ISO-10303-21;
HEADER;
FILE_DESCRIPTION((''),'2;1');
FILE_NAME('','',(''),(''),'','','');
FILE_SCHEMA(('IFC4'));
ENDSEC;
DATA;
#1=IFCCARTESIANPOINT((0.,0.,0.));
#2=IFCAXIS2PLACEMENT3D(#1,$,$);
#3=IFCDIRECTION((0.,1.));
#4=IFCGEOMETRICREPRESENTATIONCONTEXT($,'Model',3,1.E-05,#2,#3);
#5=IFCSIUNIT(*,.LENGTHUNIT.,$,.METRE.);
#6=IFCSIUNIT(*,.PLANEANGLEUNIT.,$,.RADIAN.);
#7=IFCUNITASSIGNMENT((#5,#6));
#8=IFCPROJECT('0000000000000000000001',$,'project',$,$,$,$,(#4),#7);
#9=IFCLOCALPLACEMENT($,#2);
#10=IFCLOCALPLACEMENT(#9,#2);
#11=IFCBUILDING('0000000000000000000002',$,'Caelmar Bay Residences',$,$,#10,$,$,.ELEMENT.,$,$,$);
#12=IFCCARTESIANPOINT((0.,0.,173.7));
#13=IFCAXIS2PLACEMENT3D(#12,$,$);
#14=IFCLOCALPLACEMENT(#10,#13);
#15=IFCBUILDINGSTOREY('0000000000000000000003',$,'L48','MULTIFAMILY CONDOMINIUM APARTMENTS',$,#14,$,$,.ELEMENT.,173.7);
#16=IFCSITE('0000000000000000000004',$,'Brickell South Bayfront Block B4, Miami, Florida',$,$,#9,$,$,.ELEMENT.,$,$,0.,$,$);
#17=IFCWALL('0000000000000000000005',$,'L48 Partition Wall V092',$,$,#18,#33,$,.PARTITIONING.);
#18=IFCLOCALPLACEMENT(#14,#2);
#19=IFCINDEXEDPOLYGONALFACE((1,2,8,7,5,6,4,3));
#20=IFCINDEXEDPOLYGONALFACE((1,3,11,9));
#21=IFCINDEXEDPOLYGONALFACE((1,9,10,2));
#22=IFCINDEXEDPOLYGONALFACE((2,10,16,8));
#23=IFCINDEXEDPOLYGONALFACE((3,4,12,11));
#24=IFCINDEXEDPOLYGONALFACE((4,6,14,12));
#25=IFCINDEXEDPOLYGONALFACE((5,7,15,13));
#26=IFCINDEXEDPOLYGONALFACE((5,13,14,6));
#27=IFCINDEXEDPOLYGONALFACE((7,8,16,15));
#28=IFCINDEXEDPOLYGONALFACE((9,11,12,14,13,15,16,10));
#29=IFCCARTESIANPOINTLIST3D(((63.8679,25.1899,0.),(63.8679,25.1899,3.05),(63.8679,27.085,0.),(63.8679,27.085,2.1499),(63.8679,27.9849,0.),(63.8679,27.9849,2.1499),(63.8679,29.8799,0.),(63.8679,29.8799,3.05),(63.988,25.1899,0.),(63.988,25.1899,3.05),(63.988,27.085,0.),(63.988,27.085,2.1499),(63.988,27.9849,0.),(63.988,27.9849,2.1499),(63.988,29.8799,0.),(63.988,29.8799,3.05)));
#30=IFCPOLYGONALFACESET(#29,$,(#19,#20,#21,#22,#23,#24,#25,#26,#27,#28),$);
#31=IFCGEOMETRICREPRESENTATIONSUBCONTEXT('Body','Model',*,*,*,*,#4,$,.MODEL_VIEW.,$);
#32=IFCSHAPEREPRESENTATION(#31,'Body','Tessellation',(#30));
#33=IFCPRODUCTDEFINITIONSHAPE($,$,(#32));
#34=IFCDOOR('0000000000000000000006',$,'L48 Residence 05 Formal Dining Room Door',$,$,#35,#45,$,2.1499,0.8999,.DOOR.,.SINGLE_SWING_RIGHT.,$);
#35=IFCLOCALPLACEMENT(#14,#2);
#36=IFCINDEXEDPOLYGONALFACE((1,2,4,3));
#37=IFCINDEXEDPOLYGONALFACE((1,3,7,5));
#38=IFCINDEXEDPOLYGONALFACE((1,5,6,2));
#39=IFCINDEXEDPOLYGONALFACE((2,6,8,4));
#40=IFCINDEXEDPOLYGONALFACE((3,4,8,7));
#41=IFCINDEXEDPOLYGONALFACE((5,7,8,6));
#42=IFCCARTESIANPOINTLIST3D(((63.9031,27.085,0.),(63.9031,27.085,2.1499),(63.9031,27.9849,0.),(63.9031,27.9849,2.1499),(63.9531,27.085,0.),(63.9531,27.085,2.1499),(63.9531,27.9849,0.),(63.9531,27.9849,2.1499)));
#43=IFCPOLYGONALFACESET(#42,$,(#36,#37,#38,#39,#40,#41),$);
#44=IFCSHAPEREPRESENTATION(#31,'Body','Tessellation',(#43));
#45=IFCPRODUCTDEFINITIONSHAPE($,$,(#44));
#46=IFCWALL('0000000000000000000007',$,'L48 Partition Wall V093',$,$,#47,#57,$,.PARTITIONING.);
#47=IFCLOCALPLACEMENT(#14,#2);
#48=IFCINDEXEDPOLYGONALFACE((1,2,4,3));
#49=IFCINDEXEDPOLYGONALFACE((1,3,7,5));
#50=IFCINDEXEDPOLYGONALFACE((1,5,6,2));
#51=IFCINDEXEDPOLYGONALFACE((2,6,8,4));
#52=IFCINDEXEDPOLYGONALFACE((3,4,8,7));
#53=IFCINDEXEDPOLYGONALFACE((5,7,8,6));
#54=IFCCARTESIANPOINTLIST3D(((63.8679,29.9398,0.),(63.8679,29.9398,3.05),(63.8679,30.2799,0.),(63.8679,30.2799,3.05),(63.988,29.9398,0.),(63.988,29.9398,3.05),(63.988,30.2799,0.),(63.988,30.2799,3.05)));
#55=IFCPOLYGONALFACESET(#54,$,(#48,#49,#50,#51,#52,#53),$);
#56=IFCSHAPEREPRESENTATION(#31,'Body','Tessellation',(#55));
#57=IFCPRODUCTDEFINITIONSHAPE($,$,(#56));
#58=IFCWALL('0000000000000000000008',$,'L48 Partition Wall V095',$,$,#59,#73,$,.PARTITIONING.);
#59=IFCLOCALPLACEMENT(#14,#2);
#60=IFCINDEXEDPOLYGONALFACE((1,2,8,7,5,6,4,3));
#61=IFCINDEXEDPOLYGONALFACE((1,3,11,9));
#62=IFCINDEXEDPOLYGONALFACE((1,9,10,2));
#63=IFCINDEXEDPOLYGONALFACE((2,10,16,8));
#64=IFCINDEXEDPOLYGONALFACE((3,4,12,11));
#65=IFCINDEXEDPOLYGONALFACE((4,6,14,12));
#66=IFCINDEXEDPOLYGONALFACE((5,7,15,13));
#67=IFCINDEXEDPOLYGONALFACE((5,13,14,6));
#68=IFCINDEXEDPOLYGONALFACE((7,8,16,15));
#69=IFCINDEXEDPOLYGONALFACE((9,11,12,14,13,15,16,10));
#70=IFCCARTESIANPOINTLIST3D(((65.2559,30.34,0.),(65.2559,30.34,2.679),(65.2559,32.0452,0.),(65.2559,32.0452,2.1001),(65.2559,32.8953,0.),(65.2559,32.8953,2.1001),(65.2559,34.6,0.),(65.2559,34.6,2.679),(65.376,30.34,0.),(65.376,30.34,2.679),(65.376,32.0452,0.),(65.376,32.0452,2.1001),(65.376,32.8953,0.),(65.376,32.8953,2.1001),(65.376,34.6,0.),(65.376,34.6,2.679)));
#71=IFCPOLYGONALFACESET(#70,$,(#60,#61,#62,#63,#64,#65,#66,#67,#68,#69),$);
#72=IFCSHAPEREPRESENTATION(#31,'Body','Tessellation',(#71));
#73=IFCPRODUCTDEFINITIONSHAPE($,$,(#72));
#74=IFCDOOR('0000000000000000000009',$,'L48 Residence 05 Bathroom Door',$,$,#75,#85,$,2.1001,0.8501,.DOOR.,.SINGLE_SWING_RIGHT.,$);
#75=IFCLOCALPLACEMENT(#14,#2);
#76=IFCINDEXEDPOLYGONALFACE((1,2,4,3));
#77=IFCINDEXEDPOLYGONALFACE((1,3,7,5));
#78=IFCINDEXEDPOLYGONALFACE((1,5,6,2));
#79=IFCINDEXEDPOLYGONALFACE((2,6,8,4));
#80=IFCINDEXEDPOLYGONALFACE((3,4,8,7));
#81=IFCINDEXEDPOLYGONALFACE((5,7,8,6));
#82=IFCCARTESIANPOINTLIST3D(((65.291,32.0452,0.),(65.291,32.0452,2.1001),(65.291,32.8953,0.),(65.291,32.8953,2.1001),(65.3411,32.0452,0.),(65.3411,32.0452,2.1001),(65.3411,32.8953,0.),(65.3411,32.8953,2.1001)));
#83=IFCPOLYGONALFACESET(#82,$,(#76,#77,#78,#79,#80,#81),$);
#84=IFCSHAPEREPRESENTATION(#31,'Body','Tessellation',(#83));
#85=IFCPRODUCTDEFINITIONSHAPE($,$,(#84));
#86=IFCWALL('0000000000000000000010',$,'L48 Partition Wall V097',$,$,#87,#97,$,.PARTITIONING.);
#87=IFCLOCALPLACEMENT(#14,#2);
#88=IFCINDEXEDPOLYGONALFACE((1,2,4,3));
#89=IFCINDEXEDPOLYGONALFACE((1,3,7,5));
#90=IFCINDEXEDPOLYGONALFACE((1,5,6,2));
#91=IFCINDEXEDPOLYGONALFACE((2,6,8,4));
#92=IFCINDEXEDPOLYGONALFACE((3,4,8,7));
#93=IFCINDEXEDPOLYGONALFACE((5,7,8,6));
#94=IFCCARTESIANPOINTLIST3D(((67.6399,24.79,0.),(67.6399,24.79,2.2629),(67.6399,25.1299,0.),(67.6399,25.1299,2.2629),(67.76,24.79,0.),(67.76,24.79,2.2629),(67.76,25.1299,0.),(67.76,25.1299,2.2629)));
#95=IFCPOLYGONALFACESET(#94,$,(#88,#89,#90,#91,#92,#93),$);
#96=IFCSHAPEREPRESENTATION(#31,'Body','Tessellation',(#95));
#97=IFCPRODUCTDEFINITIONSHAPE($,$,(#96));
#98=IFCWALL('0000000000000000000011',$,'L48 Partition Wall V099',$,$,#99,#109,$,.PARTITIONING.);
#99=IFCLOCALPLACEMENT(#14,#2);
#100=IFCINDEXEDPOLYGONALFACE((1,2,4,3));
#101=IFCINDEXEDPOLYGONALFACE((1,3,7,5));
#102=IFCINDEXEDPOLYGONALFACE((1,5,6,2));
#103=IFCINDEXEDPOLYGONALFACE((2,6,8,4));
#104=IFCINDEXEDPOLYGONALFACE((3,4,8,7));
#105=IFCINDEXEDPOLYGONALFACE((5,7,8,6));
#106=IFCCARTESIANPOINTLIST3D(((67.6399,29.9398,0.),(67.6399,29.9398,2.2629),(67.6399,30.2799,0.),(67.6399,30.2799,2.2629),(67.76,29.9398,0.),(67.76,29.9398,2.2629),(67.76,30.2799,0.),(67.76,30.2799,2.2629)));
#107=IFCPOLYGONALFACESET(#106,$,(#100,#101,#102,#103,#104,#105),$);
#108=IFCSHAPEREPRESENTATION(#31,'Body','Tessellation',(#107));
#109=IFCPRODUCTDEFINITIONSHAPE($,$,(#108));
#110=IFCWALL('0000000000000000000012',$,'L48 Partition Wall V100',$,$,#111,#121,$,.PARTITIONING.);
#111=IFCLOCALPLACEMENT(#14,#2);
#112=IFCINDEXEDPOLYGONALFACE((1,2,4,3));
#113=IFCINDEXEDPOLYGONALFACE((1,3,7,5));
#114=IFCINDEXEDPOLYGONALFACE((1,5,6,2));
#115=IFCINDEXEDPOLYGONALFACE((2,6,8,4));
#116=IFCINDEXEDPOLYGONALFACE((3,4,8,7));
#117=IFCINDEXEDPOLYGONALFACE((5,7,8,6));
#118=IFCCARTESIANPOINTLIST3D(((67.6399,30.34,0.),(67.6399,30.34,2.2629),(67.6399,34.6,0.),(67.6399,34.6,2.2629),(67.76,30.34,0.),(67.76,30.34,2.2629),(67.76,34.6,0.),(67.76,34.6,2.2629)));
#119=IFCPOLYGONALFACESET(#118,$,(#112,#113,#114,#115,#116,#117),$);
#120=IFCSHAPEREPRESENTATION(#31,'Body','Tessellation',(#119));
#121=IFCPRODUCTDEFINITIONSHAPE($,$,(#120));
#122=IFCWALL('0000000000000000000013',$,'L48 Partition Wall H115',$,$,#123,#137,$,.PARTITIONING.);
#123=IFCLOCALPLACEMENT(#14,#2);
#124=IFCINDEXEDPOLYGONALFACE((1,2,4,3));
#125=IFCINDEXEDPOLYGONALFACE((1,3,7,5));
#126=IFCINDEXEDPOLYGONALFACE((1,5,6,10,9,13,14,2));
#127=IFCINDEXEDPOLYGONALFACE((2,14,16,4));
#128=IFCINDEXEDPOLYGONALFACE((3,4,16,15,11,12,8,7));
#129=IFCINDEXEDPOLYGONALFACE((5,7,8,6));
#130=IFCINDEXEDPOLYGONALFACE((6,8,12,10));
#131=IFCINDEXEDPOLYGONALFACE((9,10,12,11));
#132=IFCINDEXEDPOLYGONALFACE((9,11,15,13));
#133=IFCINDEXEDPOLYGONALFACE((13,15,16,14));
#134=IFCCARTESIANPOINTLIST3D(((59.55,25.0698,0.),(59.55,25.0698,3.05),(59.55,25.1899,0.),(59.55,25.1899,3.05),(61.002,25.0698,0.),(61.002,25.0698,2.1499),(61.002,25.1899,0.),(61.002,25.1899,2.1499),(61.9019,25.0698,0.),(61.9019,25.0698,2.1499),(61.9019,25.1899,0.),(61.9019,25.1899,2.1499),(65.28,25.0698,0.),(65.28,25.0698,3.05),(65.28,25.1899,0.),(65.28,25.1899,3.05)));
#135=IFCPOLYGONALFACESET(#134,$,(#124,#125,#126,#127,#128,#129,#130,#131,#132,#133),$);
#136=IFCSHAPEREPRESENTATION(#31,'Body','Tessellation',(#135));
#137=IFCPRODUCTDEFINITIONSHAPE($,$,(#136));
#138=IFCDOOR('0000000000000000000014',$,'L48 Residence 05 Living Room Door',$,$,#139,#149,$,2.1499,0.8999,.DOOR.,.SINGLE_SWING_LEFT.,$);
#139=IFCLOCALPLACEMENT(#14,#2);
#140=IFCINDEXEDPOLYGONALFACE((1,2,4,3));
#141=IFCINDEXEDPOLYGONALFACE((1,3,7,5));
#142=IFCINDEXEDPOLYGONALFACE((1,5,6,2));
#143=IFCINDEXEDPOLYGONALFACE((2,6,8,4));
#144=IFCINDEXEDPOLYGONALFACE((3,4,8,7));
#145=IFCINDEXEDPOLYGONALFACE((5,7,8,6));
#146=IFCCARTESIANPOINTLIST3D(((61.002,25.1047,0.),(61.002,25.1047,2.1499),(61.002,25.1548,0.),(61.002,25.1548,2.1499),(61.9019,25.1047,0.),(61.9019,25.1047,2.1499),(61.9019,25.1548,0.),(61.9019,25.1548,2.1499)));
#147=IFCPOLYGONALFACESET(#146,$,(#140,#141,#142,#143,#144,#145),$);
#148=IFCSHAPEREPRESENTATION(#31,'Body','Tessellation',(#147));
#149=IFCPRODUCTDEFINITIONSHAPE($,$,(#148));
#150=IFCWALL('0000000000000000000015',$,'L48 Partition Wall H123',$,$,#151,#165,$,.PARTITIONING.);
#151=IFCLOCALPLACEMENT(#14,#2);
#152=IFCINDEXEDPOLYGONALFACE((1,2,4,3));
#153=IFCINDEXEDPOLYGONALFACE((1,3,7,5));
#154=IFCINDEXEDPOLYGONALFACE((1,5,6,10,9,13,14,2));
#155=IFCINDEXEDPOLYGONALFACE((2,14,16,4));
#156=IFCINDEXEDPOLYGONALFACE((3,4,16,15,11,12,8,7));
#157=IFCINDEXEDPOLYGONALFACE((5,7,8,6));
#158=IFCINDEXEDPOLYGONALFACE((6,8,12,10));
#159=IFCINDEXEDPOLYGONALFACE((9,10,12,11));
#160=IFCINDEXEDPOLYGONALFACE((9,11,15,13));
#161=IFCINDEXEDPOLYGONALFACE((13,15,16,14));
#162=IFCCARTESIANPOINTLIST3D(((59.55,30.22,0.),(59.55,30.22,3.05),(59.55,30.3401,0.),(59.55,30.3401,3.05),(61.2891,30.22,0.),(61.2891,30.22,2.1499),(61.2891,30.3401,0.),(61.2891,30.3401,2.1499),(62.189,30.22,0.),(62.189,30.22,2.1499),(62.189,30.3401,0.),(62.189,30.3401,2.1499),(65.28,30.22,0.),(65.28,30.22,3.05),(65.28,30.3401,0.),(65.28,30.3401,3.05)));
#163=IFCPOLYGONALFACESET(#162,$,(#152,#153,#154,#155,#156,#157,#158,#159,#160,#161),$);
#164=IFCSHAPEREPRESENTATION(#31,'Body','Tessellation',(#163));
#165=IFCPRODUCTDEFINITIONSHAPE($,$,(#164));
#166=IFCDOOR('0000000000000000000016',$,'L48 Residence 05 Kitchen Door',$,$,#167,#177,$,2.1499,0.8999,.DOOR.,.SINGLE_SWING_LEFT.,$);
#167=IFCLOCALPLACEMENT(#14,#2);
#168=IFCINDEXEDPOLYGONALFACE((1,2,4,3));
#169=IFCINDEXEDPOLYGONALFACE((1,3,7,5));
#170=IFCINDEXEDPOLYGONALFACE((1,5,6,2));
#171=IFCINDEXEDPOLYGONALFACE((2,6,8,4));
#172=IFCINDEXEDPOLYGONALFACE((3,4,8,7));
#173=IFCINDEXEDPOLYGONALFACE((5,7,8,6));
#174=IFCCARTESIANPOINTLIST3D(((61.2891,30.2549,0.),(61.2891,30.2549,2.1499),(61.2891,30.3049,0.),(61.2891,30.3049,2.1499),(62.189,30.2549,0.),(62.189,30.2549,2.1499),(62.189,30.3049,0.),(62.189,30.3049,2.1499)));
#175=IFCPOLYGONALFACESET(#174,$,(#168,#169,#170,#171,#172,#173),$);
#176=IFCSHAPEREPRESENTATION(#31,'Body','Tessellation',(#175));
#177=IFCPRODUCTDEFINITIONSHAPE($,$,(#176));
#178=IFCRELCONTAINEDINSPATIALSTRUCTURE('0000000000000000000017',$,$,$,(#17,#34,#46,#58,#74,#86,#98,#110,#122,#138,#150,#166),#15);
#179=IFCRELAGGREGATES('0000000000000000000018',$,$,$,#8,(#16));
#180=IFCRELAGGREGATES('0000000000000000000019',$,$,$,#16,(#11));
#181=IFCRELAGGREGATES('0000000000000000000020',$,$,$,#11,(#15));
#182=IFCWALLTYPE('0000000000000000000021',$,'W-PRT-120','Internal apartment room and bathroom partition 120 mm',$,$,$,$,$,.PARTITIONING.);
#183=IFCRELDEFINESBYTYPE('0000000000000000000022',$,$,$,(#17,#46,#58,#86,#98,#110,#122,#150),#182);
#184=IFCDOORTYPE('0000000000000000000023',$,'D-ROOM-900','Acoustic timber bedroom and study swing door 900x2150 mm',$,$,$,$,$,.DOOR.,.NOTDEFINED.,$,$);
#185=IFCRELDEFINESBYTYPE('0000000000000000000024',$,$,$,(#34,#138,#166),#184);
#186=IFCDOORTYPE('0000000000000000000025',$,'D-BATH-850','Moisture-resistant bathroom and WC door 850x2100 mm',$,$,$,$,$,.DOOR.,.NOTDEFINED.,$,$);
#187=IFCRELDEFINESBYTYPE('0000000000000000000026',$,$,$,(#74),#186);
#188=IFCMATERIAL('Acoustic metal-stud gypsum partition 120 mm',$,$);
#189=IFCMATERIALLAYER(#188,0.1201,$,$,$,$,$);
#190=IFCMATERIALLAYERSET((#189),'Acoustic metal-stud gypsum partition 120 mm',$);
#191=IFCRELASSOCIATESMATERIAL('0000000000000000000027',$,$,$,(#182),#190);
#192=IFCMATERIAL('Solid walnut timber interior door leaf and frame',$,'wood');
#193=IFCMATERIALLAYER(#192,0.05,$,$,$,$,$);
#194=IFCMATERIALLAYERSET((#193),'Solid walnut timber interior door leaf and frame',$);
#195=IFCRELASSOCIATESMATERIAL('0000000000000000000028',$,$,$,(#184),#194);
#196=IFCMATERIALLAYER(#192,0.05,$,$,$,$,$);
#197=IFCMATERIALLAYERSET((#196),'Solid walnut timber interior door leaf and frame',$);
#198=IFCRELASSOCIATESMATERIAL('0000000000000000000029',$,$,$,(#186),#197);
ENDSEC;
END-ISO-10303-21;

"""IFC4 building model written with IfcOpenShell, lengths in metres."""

from ifc_helpers import new_model, si_unit, direction, frame, frame_2d, origin, place, context, subcontext, project, spatial, rectangle, extrude, material, layer, layer_set, type_object, element, fill, save


model = new_model("IFC4")

# Units and contexts
model_context = context("Model", 3, precision=1e-05, world=origin(), true_north=direction((0.0, 1.0)))
body_context = subcontext(model_context, "Body", "Model", "MODEL_VIEW")
ifc_project = project(units=[si_unit("LENGTHUNIT", "METRE"), si_unit("PLANEANGLEUNIT", "RADIAN")], contexts=[model_context])

# Site, building, storey
site_placement = place(None, origin())
site = spatial("IfcSite", under=ifc_project, at=site_placement, Name="Brickell South Bayfront Block B4, Miami, Florida", CompositionType="ELEMENT", RefElevation=0.0)
building_placement = place(site_placement, origin())
building = spatial("IfcBuilding", under=site, at=building_placement, Name="Caelmar Bay Residences", CompositionType="ELEMENT")
storey_placement = place(building_placement, frame((0.0, 0.0, 173.7)))
storey = spatial("IfcBuildingStorey", under=building, at=storey_placement, Name="L48", Description="MULTIFAMILY CONDOMINIUM APARTMENTS", CompositionType="ELEMENT", Elevation=173.7)

# Shared definitions
ifc_material_1 = material(Name="Acoustic metal-stud gypsum partition 120 mm")
ifc_layer_1 = layer(ifc_material_1, 0.1201)
ifc_layer_set_1 = layer_set([ifc_layer_1], Name="Acoustic metal-stud gypsum partition 120 mm")
wall_type = type_object("IfcWallType", Name="W-PRT-120", Description="Internal apartment room and bathroom partition 120 mm", PredefinedType="PARTITIONING", material=ifc_layer_set_1)

# Wall, opening, door
wall_1_placement = place(storey_placement, frame((63.928, 25.1899, 0.0), z_axis=(0.0, 0.0, 1.0), x_axis=(0.0, 1.0, 0.0)))
wall_1 = element("IfcWall", 1, at=wall_1_placement, inside=storey, type_object=wall_type, Name="L48 Partition Wall V092", PredefinedType="PARTITIONING", context=body_context, shape_type="SweptSolid", body=[
    extrude(rectangle(XDim=4.6899, YDim=0.1201, at=frame_2d((2.345, 0.0))), origin(), (0.0, 0.0, 1.0), 3.05),
])
opening_1_placement = place(wall_1_placement, frame((1.895, 0.0, 0.0)))
opening_1 = element("IfcOpeningElement", 2, at=opening_1_placement, cuts=wall_1, PredefinedType="OPENING", context=body_context, shape_type="SweptSolid", body=[
    extrude(rectangle(XDim=0.8999, YDim=2.1499, at=frame_2d((0.45, 1.075))), frame((0.0, 0.0701, 0.0), z_axis=(0.0, -1.0, 0.0), x_axis=(1.0, 0.0, 0.0)), (0.0, 0.0, 1.0), 0.1401),
])
ifc_material_2 = material(Name="Solid walnut timber interior door leaf and frame", Category="wood")
ifc_layer_2 = layer(ifc_material_2, 0.05)
ifc_layer_set_2 = layer_set([ifc_layer_2], Name="Solid walnut timber interior door leaf and frame")
door_type_1 = type_object("IfcDoorType", Name="D-ROOM-900", Description="Acoustic timber bedroom and study swing door 900x2150 mm", OperationType="NOTDEFINED", PredefinedType="DOOR", material=ifc_layer_set_2)
door_1_placement = place(opening_1_placement, origin())
door_1 = element("IfcDoor", 3, at=door_1_placement, inside=storey, type_object=door_type_1, Name="L48 Residence 05 Formal Dining Room Door", OperationType="SINGLE_SWING_RIGHT", OverallHeight=2.1499, OverallWidth=0.8999, PredefinedType="DOOR", context=body_context, shape_type="SweptSolid", body=[
    extrude(rectangle(XDim=0.8999, YDim=2.1499, at=frame_2d((0.45, 1.075))), frame((0.0, 0.0249, 0.0), z_axis=(0.0, -1.0, 0.0), x_axis=(1.0, 0.0, 0.0)), (0.0, 0.0, 1.0), 0.05),
])
fill(opening_1, door_1)

# Wall
wall_2_placement = place(storey_placement, frame((63.928, 29.9399, 0.0), z_axis=(0.0, 0.0, 1.0), x_axis=(0.0, 1.0, 0.0)))
element("IfcWall", 4, at=wall_2_placement, inside=storey, type_object=wall_type, Name="L48 Partition Wall V093", PredefinedType="PARTITIONING", context=body_context, shape_type="SweptSolid", body=[
    extrude(rectangle(XDim=0.3401, YDim=0.1201, at=frame_2d((0.1699, 0.0))), origin(), (0.0, 0.0, 1.0), 3.05),
])

# Wall, opening, door
wall_3_placement = place(storey_placement, frame((65.3159, 30.3401, 0.0), z_axis=(0.0, 0.0, 1.0), x_axis=(0.0, 1.0, 0.0)))
wall_3 = element("IfcWall", 5, at=wall_3_placement, inside=storey, type_object=wall_type, Name="L48 Partition Wall V095", PredefinedType="PARTITIONING", context=body_context, shape_type="SweptSolid", body=[
    extrude(rectangle(XDim=4.26, YDim=0.1201, at=frame_2d((2.1299, 0.0))), origin(), (0.0, 0.0, 1.0), 2.679),
])
opening_2_placement = place(wall_3_placement, frame((1.7051, 0.0, 0.0)))
opening_2 = element("IfcOpeningElement", 6, at=opening_2_placement, cuts=wall_3, PredefinedType="OPENING", context=body_context, shape_type="SweptSolid", body=[
    extrude(rectangle(XDim=0.8501, YDim=2.1001, at=frame_2d((0.425, 1.05))), frame((0.0, 0.0701, 0.0), z_axis=(0.0, -1.0, 0.0), x_axis=(1.0, 0.0, 0.0)), (0.0, 0.0, 1.0), 0.1401),
])
ifc_layer_3 = layer(ifc_material_2, 0.05)
ifc_layer_set_3 = layer_set([ifc_layer_3], Name="Solid walnut timber interior door leaf and frame")
door_type_2 = type_object("IfcDoorType", Name="D-BATH-850", Description="Moisture-resistant bathroom and WC door 850x2100 mm", OperationType="NOTDEFINED", PredefinedType="DOOR", material=ifc_layer_set_3)
door_2_placement = place(opening_2_placement, origin())
door_2 = element("IfcDoor", 7, at=door_2_placement, inside=storey, type_object=door_type_2, Name="L48 Residence 05 Bathroom Door", OperationType="SINGLE_SWING_RIGHT", OverallHeight=2.1001, OverallWidth=0.8501, PredefinedType="DOOR", context=body_context, shape_type="SweptSolid", body=[
    extrude(rectangle(XDim=0.8501, YDim=2.1001, at=frame_2d((0.425, 1.05))), frame((0.0, 0.0249, 0.0), z_axis=(0.0, -1.0, 0.0), x_axis=(1.0, 0.0, 0.0)), (0.0, 0.0, 1.0), 0.05),
])
fill(opening_2, door_2)

# Wall
wall_4_placement = place(storey_placement, frame((67.7, 24.79, 0.0), z_axis=(0.0, 0.0, 1.0), x_axis=(0.0, 1.0, 0.0)))
element("IfcWall", 8, at=wall_4_placement, inside=storey, type_object=wall_type, Name="L48 Partition Wall V097", PredefinedType="PARTITIONING", context=body_context, shape_type="SweptSolid", body=[
    extrude(rectangle(XDim=0.3398, YDim=0.1201, at=frame_2d((0.1699, 0.0))), origin(), (0.0, 0.0, 1.0), 2.2629),
])

# Walls
wall_5_placement = place(storey_placement, frame((67.7, 29.9399, 0.0), z_axis=(0.0, 0.0, 1.0), x_axis=(0.0, 1.0, 0.0)))
element("IfcWall", 9, at=wall_5_placement, inside=storey, type_object=wall_type, Name="L48 Partition Wall V099", PredefinedType="PARTITIONING", context=body_context, shape_type="SweptSolid", body=[
    extrude(rectangle(XDim=0.3401, YDim=0.1201, at=frame_2d((0.1699, 0.0))), origin(), (0.0, 0.0, 1.0), 2.2629),
])
wall_6_placement = place(storey_placement, frame((67.7, 30.3401, 0.0), z_axis=(0.0, 0.0, 1.0), x_axis=(0.0, 1.0, 0.0)))
element("IfcWall", 10, at=wall_6_placement, inside=storey, type_object=wall_type, Name="L48 Partition Wall V100", PredefinedType="PARTITIONING", context=body_context, shape_type="SweptSolid", body=[
    extrude(rectangle(XDim=4.26, YDim=0.1201, at=frame_2d((2.1299, 0.0))), origin(), (0.0, 0.0, 1.0), 2.2629),
])

# Walls, openings, doors
wall_7_placement = place(storey_placement, frame((59.55, 25.1299, 0.0), z_axis=(0.0, 0.0, 1.0), x_axis=(1.0, 0.0, 0.0)))
wall_7 = element("IfcWall", 11, at=wall_7_placement, inside=storey, type_object=wall_type, Name="L48 Partition Wall H115", PredefinedType="PARTITIONING", context=body_context, shape_type="SweptSolid", body=[
    extrude(rectangle(XDim=5.73, YDim=0.1201, at=frame_2d((2.865, 0.0))), origin(), (0.0, 0.0, 1.0), 3.05),
])
opening_3_placement = place(wall_7_placement, frame((1.4519, 0.0, 0.0)))
opening_3 = element("IfcOpeningElement", 12, at=opening_3_placement, cuts=wall_7, PredefinedType="OPENING", context=body_context, shape_type="SweptSolid", body=[
    extrude(rectangle(XDim=0.8999, YDim=2.1499, at=frame_2d((0.45, 1.075))), frame((0.0, 0.0701, 0.0), z_axis=(0.0, -1.0, 0.0), x_axis=(1.0, 0.0, 0.0)), (0.0, 0.0, 1.0), 0.1401),
])
door_3_placement = place(opening_3_placement, origin())
door_3 = element("IfcDoor", 13, at=door_3_placement, inside=storey, type_object=door_type_1, Name="L48 Residence 05 Living Room Door", OperationType="SINGLE_SWING_LEFT", OverallHeight=2.1499, OverallWidth=0.8999, PredefinedType="DOOR", context=body_context, shape_type="SweptSolid", body=[
    extrude(rectangle(XDim=0.8999, YDim=2.1499, at=frame_2d((0.45, 1.075))), frame((0.0, 0.0249, 0.0), z_axis=(0.0, -1.0, 0.0), x_axis=(1.0, 0.0, 0.0)), (0.0, 0.0, 1.0), 0.05),
])
fill(opening_3, door_3)
wall_8_placement = place(storey_placement, frame((59.55, 30.28, 0.0), z_axis=(0.0, 0.0, 1.0), x_axis=(1.0, 0.0, 0.0)))
wall_8 = element("IfcWall", 14, at=wall_8_placement, inside=storey, type_object=wall_type, Name="L48 Partition Wall H123", PredefinedType="PARTITIONING", context=body_context, shape_type="SweptSolid", body=[
    extrude(rectangle(XDim=5.73, YDim=0.1201, at=frame_2d((2.865, 0.0))), origin(), (0.0, 0.0, 1.0), 3.05),
])
opening_4_placement = place(wall_8_placement, frame((1.739, 0.0, 0.0)))
opening_4 = element("IfcOpeningElement", 15, at=opening_4_placement, cuts=wall_8, PredefinedType="OPENING", context=body_context, shape_type="SweptSolid", body=[
    extrude(rectangle(XDim=0.8999, YDim=2.1499, at=frame_2d((0.45, 1.075))), frame((0.0, 0.0701, 0.0), z_axis=(0.0, -1.0, 0.0), x_axis=(1.0, 0.0, 0.0)), (0.0, 0.0, 1.0), 0.1401),
])
door_4_placement = place(opening_4_placement, origin())
door_4 = element("IfcDoor", 16, at=door_4_placement, inside=storey, type_object=door_type_1, Name="L48 Residence 05 Kitchen Door", OperationType="SINGLE_SWING_LEFT", OverallHeight=2.1499, OverallWidth=0.8999, PredefinedType="DOOR", context=body_context, shape_type="SweptSolid", body=[
    extrude(rectangle(XDim=0.8999, YDim=2.1499, at=frame_2d((0.45, 1.075))), frame((0.0, 0.0249, 0.0), z_axis=(0.0, -1.0, 0.0), x_axis=(1.0, 0.0, 0.0)), (0.0, 0.0, 1.0), 0.05),
])
fill(opening_4, door_4)

save(model, "model.ifc")
